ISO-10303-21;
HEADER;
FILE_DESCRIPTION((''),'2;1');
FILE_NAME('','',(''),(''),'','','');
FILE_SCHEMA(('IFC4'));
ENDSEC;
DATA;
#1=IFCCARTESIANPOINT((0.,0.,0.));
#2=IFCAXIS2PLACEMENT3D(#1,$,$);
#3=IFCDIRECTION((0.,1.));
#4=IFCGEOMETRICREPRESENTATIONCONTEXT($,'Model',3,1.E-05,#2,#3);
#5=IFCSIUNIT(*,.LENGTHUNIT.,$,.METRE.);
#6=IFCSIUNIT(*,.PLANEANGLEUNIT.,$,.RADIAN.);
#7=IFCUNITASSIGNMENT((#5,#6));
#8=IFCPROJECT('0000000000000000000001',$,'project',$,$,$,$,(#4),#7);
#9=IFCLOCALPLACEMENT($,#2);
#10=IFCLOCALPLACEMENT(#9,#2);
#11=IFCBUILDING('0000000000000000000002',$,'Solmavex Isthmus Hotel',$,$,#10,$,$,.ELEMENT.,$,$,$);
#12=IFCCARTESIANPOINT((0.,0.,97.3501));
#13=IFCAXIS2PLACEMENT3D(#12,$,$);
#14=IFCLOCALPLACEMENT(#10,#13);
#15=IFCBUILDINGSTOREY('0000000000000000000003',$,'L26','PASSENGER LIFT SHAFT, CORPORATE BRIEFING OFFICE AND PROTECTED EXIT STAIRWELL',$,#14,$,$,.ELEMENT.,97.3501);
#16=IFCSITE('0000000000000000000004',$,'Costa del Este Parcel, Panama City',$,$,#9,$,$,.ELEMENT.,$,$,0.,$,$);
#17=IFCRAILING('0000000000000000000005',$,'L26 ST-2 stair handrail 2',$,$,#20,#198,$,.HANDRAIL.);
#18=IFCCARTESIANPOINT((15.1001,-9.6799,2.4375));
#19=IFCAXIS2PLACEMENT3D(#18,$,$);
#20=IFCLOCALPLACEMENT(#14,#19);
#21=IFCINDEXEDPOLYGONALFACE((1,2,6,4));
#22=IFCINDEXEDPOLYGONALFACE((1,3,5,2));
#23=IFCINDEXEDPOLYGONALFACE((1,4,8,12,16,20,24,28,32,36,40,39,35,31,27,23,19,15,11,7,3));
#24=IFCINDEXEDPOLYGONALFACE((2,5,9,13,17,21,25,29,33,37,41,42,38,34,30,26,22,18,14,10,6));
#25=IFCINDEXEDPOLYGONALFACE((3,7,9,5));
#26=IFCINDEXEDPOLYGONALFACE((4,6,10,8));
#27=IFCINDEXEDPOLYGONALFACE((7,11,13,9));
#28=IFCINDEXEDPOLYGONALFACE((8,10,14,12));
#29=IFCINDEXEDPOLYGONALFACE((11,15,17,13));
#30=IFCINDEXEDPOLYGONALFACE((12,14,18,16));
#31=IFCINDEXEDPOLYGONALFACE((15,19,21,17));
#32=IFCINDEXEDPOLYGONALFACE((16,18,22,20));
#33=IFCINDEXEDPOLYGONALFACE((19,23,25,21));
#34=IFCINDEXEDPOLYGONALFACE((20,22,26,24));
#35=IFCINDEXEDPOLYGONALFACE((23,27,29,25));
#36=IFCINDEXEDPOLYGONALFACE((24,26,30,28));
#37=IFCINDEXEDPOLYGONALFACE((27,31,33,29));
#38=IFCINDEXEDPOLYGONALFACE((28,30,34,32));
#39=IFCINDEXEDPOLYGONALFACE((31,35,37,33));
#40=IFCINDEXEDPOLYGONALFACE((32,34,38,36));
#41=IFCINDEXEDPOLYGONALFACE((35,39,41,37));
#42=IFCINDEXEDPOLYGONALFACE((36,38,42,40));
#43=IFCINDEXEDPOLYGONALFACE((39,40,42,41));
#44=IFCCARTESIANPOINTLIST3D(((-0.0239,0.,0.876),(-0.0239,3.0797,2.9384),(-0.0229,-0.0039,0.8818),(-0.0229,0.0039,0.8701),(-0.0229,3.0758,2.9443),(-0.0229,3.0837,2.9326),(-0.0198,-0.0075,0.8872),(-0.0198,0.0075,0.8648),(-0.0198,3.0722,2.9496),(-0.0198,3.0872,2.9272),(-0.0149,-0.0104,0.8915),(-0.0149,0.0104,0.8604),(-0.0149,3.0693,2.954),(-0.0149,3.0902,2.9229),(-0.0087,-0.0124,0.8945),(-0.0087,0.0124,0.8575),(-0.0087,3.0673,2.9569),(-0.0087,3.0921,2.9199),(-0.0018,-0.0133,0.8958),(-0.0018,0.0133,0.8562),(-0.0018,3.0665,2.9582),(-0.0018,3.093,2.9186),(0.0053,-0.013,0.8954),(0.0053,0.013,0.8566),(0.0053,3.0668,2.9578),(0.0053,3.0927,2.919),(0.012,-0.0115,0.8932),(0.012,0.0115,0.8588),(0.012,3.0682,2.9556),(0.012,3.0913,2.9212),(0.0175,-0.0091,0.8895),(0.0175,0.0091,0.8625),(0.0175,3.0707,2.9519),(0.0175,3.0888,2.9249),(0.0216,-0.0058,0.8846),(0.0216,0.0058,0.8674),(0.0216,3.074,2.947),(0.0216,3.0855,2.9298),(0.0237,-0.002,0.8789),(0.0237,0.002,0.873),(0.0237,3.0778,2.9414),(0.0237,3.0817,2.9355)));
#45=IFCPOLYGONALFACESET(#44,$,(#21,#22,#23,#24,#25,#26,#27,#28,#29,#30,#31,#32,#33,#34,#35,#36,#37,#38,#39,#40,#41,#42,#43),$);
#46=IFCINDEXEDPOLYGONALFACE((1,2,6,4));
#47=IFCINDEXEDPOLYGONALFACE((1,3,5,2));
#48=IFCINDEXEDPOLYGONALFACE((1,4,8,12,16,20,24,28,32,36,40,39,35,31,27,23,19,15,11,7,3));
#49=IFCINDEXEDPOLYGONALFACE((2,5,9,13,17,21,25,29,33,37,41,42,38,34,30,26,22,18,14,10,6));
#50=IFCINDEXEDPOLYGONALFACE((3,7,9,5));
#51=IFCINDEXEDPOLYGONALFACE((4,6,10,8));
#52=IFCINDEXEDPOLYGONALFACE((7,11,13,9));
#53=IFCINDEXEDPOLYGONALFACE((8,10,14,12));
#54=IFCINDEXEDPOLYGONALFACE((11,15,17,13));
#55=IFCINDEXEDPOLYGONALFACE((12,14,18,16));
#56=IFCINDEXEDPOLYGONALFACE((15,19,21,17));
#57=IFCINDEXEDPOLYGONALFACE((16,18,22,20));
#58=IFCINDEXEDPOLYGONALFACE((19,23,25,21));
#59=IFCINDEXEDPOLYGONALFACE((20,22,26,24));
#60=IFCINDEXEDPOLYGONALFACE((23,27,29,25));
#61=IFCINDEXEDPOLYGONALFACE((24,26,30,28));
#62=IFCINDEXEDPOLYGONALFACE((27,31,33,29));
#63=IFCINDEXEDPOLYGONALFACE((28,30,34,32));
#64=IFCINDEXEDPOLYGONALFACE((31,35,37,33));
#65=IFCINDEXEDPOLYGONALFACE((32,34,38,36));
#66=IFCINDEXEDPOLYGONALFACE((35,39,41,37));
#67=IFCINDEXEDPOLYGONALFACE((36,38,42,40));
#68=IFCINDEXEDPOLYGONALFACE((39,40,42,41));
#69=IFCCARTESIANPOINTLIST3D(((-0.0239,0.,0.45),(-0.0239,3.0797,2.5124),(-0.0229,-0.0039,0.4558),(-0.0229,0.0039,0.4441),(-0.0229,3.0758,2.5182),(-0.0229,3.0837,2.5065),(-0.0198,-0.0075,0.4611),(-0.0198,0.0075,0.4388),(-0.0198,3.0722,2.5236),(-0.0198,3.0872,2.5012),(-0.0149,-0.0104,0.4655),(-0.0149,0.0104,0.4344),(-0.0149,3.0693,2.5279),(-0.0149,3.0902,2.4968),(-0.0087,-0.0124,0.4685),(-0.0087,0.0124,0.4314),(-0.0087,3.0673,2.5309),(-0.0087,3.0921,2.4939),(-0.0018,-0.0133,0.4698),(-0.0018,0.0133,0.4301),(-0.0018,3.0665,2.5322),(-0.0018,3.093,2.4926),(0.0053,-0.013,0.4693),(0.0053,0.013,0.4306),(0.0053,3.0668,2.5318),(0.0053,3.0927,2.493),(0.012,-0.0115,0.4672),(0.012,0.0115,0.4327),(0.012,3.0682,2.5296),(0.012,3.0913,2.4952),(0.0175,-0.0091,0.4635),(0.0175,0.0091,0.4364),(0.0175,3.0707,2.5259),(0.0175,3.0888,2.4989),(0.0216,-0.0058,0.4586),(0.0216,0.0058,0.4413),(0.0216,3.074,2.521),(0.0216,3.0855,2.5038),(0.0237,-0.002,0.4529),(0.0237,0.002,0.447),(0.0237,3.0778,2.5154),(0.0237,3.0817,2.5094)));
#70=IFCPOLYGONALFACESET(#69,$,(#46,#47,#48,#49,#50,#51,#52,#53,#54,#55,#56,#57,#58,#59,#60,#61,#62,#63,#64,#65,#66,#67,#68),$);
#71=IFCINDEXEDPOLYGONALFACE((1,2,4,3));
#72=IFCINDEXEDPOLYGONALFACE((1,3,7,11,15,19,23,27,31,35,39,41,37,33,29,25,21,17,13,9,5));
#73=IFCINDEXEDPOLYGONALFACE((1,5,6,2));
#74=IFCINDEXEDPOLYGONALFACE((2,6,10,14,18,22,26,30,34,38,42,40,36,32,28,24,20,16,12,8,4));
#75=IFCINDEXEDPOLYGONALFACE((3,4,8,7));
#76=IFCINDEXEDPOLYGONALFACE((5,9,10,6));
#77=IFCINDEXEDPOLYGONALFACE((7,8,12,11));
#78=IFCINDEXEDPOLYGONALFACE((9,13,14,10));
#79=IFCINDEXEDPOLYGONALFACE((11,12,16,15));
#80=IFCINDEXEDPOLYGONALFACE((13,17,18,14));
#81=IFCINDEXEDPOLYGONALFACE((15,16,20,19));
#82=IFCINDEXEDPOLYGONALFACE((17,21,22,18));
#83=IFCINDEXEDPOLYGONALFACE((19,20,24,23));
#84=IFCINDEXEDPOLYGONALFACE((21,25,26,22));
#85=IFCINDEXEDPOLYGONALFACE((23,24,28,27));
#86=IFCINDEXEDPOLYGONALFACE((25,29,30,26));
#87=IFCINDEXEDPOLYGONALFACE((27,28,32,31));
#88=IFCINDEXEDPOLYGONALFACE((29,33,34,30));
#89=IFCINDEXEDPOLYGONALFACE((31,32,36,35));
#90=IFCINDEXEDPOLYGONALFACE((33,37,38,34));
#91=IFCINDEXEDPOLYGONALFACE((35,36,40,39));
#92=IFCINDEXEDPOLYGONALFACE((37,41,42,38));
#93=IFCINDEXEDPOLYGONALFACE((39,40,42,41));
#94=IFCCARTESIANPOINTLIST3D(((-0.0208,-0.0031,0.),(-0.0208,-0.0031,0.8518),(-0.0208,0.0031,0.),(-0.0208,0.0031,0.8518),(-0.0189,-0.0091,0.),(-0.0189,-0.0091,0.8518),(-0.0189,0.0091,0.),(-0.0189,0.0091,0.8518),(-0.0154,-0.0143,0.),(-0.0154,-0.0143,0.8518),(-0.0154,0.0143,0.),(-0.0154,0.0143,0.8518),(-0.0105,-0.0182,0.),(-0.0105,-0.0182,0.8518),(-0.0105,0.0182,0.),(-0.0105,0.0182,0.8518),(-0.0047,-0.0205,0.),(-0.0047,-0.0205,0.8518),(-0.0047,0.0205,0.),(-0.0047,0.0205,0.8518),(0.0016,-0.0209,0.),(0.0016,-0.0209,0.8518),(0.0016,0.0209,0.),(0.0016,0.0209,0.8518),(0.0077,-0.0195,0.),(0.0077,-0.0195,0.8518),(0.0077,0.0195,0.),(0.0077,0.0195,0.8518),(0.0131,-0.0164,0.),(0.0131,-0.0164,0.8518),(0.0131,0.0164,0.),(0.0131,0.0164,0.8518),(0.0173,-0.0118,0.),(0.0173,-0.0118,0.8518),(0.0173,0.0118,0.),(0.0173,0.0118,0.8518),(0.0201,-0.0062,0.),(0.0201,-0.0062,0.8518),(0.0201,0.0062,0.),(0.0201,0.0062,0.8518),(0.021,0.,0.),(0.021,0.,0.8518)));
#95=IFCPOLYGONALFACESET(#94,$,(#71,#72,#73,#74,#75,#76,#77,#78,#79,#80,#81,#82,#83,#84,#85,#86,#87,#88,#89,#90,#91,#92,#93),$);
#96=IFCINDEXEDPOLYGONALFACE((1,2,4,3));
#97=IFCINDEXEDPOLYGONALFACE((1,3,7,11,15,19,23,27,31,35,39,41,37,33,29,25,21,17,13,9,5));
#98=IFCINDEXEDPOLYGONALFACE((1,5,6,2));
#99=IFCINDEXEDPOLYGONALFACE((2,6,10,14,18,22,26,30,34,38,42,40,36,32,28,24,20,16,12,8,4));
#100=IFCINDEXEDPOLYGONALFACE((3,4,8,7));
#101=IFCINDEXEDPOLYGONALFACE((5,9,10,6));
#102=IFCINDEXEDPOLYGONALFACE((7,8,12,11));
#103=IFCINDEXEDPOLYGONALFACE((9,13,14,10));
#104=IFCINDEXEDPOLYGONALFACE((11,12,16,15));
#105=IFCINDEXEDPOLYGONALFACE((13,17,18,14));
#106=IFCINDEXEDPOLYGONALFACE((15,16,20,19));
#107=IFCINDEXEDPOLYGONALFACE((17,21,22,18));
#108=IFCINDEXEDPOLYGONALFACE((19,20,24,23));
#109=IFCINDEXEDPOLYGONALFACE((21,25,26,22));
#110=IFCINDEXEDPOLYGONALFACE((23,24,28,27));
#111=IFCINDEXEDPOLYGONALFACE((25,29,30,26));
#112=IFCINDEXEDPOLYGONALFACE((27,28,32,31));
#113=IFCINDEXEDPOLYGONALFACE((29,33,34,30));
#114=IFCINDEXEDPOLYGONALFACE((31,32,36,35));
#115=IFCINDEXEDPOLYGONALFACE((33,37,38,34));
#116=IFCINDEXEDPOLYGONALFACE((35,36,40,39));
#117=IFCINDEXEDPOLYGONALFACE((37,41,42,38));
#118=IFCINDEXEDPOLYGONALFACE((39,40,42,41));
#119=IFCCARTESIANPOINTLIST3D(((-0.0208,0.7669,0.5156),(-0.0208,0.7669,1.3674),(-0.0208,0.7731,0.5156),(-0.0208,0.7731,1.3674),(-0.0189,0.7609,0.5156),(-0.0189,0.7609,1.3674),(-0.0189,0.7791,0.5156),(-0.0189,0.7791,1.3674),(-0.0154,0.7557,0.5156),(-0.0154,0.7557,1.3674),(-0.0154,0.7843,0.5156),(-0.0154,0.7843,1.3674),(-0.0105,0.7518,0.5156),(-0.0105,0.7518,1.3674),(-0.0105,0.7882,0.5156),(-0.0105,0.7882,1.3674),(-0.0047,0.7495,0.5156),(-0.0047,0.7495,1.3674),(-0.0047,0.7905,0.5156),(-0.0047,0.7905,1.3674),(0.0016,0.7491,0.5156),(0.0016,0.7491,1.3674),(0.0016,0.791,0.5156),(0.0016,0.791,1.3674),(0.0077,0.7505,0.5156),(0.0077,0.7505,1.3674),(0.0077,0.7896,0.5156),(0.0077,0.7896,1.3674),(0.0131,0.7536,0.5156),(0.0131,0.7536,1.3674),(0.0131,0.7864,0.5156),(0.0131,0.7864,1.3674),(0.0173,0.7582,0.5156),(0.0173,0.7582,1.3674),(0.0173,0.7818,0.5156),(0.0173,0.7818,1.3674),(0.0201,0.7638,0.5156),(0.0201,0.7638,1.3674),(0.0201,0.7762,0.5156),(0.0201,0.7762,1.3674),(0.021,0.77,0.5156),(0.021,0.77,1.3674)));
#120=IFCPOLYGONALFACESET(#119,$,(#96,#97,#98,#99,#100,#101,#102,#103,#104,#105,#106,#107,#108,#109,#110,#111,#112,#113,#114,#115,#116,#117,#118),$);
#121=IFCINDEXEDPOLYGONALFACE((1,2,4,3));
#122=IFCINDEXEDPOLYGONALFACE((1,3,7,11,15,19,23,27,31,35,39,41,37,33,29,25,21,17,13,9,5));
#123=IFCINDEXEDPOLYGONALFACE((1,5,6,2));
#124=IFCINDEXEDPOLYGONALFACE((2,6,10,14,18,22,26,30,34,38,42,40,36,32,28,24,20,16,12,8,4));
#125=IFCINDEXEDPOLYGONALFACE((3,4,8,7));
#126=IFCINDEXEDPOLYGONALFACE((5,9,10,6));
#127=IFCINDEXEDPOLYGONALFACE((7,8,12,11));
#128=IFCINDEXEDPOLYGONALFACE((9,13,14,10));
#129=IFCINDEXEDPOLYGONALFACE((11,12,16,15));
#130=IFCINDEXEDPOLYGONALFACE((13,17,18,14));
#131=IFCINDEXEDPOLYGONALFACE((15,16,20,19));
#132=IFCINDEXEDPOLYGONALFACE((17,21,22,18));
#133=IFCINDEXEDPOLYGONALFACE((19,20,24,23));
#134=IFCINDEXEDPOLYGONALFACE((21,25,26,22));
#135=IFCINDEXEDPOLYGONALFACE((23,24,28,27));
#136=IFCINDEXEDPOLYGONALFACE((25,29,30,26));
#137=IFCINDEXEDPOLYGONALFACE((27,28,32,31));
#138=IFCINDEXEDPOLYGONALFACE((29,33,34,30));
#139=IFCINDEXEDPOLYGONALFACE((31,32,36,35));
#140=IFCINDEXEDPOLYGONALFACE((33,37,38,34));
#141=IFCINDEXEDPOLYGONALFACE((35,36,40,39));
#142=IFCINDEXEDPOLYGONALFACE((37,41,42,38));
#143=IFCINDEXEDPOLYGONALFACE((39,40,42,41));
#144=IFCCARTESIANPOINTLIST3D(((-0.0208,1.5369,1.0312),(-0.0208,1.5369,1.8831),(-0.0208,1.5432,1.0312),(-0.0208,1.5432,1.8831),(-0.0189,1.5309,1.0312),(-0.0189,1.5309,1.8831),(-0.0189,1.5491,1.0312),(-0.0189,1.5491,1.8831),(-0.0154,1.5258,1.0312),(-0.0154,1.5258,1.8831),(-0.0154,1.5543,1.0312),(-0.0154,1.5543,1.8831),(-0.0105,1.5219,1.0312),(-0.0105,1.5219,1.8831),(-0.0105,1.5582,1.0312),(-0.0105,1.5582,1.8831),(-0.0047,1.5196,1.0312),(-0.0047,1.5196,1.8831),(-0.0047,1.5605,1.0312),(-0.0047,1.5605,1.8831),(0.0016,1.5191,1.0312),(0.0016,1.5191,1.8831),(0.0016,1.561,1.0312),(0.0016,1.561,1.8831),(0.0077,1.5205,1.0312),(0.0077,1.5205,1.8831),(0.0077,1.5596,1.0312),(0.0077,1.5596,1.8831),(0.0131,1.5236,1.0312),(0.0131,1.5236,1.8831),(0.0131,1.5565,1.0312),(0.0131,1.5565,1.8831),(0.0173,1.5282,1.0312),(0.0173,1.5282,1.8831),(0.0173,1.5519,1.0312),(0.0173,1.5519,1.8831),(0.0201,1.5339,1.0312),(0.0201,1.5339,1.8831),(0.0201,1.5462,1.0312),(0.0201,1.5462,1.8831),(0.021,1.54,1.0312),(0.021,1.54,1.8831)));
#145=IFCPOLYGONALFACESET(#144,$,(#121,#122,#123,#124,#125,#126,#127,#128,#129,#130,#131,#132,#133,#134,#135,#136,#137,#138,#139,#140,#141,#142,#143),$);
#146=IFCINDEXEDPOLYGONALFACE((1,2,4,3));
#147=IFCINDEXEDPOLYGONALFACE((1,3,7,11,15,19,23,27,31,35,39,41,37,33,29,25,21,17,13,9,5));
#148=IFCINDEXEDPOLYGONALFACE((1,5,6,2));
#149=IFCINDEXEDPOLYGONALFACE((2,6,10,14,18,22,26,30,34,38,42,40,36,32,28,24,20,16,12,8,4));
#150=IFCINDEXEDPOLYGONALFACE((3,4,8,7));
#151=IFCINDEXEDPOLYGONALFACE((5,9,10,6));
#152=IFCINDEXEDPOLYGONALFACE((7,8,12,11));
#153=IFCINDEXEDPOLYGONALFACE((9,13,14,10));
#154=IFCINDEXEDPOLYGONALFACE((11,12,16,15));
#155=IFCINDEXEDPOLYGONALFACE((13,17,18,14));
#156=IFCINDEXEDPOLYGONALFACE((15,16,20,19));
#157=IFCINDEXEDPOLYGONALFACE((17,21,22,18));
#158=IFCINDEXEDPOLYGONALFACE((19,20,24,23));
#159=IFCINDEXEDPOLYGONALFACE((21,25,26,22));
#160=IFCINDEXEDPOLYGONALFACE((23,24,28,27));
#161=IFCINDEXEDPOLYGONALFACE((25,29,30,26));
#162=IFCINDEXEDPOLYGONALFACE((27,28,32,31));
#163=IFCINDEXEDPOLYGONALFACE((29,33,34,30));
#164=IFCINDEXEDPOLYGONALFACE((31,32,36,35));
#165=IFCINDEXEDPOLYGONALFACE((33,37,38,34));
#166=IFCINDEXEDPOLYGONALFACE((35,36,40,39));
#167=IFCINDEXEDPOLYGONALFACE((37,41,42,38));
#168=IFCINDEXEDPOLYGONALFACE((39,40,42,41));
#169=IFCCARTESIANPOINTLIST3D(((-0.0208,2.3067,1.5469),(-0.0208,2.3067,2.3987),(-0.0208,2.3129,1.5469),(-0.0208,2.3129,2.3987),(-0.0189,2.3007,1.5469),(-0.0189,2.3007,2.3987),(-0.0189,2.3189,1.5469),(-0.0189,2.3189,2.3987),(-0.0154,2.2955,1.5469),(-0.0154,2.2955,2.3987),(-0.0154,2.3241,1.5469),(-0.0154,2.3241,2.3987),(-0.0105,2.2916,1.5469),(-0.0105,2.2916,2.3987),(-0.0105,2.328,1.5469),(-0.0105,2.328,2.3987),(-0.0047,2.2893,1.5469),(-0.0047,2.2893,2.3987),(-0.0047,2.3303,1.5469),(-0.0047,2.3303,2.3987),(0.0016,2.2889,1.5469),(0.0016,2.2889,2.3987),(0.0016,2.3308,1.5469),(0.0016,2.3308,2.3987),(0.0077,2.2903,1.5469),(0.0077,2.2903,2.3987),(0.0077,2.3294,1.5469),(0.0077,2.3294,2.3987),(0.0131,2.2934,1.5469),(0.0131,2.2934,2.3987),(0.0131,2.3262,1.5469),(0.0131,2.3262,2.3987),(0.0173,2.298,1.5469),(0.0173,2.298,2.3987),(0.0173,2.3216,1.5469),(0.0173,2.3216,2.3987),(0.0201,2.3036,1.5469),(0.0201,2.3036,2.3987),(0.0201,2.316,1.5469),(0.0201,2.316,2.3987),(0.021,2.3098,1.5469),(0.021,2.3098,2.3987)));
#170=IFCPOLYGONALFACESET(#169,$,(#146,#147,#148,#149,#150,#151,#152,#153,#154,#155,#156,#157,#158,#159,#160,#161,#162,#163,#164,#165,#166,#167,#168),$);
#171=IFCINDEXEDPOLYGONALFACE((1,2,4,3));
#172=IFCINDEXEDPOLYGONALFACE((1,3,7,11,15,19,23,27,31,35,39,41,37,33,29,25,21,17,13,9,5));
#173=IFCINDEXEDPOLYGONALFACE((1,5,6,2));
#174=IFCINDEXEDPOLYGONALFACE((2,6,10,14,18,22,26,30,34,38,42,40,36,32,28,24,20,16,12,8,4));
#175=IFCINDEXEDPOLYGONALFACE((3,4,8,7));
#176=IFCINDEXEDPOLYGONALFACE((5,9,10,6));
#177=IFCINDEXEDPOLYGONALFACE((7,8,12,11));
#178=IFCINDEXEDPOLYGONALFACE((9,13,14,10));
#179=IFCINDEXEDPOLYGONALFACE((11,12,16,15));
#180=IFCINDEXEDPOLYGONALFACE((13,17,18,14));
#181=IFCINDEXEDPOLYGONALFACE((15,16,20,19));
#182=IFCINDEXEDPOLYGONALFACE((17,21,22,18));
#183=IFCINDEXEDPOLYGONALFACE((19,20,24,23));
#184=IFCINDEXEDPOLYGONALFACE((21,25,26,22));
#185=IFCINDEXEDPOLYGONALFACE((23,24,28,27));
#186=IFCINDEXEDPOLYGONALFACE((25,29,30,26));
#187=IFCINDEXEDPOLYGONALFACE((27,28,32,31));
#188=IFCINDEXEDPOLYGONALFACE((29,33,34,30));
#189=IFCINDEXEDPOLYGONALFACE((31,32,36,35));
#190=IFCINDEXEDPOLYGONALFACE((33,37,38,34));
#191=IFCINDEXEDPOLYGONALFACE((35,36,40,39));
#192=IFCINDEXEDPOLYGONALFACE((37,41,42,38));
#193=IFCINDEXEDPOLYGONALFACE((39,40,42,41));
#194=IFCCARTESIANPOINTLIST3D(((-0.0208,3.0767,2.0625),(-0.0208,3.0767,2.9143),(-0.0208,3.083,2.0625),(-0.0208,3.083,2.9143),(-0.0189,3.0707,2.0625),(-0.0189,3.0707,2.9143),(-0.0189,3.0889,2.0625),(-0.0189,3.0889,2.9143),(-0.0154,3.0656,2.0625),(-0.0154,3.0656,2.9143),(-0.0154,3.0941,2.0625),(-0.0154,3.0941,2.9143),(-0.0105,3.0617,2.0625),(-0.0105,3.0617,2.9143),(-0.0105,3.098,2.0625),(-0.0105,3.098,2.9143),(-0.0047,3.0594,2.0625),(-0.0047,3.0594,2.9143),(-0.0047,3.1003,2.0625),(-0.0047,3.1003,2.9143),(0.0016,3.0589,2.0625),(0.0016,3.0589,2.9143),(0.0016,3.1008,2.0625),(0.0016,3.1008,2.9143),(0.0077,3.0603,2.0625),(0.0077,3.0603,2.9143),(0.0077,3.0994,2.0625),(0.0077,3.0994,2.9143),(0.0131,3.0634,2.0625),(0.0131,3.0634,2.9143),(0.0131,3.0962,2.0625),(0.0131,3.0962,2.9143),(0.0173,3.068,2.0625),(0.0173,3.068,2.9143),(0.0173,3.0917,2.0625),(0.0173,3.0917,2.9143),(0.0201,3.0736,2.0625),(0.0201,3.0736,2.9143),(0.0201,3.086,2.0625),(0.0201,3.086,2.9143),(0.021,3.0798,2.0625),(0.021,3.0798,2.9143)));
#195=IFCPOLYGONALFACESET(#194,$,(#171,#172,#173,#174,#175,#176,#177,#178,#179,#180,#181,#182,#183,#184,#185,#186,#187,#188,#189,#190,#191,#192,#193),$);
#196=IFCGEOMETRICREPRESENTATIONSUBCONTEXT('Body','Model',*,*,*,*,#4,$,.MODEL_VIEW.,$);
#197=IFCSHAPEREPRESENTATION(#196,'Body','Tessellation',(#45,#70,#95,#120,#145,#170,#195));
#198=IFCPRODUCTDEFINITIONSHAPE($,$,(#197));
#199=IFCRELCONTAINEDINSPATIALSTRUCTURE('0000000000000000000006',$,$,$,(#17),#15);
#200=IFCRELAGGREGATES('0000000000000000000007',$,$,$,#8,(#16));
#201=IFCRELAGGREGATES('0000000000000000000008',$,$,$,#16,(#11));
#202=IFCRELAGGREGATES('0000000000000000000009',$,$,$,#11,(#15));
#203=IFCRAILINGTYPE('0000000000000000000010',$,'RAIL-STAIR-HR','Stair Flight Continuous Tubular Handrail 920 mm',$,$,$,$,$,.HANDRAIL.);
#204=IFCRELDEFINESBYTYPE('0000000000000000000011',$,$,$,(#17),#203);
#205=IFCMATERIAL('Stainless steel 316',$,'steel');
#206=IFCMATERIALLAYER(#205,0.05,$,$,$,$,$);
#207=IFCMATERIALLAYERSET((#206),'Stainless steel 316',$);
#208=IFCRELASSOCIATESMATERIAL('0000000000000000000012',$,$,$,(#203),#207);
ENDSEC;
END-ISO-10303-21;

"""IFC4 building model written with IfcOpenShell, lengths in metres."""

from ifc_helpers import new_model, si_unit, direction, frame, origin, origin_2d, place, context, subcontext, project, spatial, circle, extrude, material, layer, layer_set, type_object, element, save


model = new_model("IFC4")

# Units and contexts
model_context = context("Model", 3, precision=1e-05, world=origin(), true_north=direction((0.0, 1.0)))
body_context = subcontext(model_context, "Body", "Model", "MODEL_VIEW")
ifc_project = project(units=[si_unit("LENGTHUNIT", "METRE"), si_unit("PLANEANGLEUNIT", "RADIAN")], contexts=[model_context])

# Site, building, storey
site_placement = place(None, origin())
site = spatial("IfcSite", under=ifc_project, at=site_placement, Name="Costa del Este Parcel, Panama City", CompositionType="ELEMENT", RefElevation=0.0)
building_placement = place(site_placement, origin())
building = spatial("IfcBuilding", under=site, at=building_placement, Name="Solmavex Isthmus Hotel", CompositionType="ELEMENT")
storey_placement = place(building_placement, frame((0.0, 0.0, 97.3501)))
storey = spatial("IfcBuildingStorey", under=building, at=storey_placement, Name="L26", Description="PASSENGER LIFT SHAFT, CORPORATE BRIEFING OFFICE AND PROTECTED EXIT STAIRWELL", CompositionType="ELEMENT", Elevation=97.3501)

# Railing
ifc_material_1 = material(Name="Stainless steel 316", Category="steel")
ifc_layer_1 = layer(ifc_material_1, 0.05)
ifc_layer_set_1 = layer_set([ifc_layer_1], Name="Stainless steel 316")
railing_type = type_object("IfcRailingType", Name="RAIL-STAIR-HR", Description="Stair Flight Continuous Tubular Handrail 920 mm", PredefinedType="HANDRAIL", material=ifc_layer_set_1)
railing_placement = place(storey_placement, frame((15.1001, -9.6799, 2.4375)))
element("IfcRailing", 1, at=railing_placement, inside=storey, type_object=railing_type, Name="L26 ST-2 stair handrail 2", PredefinedType="HANDRAIL", context=body_context, shape_type="SweptSolid", body=[
    extrude(circle(Radius=0.0239, at=origin_2d()), frame((0.0, 0.0, 0.876), z_axis=(0.0, 0.830893, 0.556432), x_axis=(-1.0, 0.0, 0.0)), (0.0, 0.0, 1.0), 3.7065),
    extrude(circle(Radius=0.0239, at=origin_2d()), frame((0.0, 0.0, 0.45), z_axis=(0.0, 0.830893, 0.556432), x_axis=(-1.0, 0.0, 0.0)), (0.0, 0.0, 1.0), 3.7065),
    extrude(circle(Radius=0.021, at=origin_2d()), origin(), (0.0, 0.0, 1.0), 0.8518),
    extrude(circle(Radius=0.021, at=origin_2d()), frame((0.0, 0.77, 0.5156)), (0.0, 0.0, 1.0), 0.8518),
    extrude(circle(Radius=0.021, at=origin_2d()), frame((0.0, 1.54, 1.0312)), (0.0, 0.0, 1.0), 0.8518),
    extrude(circle(Radius=0.021, at=origin_2d()), frame((0.0, 2.3098, 1.5469)), (0.0, 0.0, 1.0), 0.8518),
    extrude(circle(Radius=0.021, at=origin_2d()), frame((0.0, 3.0798, 2.0625)), (0.0, 0.0, 1.0), 0.8518),
])

save(model, "model.ifc")
